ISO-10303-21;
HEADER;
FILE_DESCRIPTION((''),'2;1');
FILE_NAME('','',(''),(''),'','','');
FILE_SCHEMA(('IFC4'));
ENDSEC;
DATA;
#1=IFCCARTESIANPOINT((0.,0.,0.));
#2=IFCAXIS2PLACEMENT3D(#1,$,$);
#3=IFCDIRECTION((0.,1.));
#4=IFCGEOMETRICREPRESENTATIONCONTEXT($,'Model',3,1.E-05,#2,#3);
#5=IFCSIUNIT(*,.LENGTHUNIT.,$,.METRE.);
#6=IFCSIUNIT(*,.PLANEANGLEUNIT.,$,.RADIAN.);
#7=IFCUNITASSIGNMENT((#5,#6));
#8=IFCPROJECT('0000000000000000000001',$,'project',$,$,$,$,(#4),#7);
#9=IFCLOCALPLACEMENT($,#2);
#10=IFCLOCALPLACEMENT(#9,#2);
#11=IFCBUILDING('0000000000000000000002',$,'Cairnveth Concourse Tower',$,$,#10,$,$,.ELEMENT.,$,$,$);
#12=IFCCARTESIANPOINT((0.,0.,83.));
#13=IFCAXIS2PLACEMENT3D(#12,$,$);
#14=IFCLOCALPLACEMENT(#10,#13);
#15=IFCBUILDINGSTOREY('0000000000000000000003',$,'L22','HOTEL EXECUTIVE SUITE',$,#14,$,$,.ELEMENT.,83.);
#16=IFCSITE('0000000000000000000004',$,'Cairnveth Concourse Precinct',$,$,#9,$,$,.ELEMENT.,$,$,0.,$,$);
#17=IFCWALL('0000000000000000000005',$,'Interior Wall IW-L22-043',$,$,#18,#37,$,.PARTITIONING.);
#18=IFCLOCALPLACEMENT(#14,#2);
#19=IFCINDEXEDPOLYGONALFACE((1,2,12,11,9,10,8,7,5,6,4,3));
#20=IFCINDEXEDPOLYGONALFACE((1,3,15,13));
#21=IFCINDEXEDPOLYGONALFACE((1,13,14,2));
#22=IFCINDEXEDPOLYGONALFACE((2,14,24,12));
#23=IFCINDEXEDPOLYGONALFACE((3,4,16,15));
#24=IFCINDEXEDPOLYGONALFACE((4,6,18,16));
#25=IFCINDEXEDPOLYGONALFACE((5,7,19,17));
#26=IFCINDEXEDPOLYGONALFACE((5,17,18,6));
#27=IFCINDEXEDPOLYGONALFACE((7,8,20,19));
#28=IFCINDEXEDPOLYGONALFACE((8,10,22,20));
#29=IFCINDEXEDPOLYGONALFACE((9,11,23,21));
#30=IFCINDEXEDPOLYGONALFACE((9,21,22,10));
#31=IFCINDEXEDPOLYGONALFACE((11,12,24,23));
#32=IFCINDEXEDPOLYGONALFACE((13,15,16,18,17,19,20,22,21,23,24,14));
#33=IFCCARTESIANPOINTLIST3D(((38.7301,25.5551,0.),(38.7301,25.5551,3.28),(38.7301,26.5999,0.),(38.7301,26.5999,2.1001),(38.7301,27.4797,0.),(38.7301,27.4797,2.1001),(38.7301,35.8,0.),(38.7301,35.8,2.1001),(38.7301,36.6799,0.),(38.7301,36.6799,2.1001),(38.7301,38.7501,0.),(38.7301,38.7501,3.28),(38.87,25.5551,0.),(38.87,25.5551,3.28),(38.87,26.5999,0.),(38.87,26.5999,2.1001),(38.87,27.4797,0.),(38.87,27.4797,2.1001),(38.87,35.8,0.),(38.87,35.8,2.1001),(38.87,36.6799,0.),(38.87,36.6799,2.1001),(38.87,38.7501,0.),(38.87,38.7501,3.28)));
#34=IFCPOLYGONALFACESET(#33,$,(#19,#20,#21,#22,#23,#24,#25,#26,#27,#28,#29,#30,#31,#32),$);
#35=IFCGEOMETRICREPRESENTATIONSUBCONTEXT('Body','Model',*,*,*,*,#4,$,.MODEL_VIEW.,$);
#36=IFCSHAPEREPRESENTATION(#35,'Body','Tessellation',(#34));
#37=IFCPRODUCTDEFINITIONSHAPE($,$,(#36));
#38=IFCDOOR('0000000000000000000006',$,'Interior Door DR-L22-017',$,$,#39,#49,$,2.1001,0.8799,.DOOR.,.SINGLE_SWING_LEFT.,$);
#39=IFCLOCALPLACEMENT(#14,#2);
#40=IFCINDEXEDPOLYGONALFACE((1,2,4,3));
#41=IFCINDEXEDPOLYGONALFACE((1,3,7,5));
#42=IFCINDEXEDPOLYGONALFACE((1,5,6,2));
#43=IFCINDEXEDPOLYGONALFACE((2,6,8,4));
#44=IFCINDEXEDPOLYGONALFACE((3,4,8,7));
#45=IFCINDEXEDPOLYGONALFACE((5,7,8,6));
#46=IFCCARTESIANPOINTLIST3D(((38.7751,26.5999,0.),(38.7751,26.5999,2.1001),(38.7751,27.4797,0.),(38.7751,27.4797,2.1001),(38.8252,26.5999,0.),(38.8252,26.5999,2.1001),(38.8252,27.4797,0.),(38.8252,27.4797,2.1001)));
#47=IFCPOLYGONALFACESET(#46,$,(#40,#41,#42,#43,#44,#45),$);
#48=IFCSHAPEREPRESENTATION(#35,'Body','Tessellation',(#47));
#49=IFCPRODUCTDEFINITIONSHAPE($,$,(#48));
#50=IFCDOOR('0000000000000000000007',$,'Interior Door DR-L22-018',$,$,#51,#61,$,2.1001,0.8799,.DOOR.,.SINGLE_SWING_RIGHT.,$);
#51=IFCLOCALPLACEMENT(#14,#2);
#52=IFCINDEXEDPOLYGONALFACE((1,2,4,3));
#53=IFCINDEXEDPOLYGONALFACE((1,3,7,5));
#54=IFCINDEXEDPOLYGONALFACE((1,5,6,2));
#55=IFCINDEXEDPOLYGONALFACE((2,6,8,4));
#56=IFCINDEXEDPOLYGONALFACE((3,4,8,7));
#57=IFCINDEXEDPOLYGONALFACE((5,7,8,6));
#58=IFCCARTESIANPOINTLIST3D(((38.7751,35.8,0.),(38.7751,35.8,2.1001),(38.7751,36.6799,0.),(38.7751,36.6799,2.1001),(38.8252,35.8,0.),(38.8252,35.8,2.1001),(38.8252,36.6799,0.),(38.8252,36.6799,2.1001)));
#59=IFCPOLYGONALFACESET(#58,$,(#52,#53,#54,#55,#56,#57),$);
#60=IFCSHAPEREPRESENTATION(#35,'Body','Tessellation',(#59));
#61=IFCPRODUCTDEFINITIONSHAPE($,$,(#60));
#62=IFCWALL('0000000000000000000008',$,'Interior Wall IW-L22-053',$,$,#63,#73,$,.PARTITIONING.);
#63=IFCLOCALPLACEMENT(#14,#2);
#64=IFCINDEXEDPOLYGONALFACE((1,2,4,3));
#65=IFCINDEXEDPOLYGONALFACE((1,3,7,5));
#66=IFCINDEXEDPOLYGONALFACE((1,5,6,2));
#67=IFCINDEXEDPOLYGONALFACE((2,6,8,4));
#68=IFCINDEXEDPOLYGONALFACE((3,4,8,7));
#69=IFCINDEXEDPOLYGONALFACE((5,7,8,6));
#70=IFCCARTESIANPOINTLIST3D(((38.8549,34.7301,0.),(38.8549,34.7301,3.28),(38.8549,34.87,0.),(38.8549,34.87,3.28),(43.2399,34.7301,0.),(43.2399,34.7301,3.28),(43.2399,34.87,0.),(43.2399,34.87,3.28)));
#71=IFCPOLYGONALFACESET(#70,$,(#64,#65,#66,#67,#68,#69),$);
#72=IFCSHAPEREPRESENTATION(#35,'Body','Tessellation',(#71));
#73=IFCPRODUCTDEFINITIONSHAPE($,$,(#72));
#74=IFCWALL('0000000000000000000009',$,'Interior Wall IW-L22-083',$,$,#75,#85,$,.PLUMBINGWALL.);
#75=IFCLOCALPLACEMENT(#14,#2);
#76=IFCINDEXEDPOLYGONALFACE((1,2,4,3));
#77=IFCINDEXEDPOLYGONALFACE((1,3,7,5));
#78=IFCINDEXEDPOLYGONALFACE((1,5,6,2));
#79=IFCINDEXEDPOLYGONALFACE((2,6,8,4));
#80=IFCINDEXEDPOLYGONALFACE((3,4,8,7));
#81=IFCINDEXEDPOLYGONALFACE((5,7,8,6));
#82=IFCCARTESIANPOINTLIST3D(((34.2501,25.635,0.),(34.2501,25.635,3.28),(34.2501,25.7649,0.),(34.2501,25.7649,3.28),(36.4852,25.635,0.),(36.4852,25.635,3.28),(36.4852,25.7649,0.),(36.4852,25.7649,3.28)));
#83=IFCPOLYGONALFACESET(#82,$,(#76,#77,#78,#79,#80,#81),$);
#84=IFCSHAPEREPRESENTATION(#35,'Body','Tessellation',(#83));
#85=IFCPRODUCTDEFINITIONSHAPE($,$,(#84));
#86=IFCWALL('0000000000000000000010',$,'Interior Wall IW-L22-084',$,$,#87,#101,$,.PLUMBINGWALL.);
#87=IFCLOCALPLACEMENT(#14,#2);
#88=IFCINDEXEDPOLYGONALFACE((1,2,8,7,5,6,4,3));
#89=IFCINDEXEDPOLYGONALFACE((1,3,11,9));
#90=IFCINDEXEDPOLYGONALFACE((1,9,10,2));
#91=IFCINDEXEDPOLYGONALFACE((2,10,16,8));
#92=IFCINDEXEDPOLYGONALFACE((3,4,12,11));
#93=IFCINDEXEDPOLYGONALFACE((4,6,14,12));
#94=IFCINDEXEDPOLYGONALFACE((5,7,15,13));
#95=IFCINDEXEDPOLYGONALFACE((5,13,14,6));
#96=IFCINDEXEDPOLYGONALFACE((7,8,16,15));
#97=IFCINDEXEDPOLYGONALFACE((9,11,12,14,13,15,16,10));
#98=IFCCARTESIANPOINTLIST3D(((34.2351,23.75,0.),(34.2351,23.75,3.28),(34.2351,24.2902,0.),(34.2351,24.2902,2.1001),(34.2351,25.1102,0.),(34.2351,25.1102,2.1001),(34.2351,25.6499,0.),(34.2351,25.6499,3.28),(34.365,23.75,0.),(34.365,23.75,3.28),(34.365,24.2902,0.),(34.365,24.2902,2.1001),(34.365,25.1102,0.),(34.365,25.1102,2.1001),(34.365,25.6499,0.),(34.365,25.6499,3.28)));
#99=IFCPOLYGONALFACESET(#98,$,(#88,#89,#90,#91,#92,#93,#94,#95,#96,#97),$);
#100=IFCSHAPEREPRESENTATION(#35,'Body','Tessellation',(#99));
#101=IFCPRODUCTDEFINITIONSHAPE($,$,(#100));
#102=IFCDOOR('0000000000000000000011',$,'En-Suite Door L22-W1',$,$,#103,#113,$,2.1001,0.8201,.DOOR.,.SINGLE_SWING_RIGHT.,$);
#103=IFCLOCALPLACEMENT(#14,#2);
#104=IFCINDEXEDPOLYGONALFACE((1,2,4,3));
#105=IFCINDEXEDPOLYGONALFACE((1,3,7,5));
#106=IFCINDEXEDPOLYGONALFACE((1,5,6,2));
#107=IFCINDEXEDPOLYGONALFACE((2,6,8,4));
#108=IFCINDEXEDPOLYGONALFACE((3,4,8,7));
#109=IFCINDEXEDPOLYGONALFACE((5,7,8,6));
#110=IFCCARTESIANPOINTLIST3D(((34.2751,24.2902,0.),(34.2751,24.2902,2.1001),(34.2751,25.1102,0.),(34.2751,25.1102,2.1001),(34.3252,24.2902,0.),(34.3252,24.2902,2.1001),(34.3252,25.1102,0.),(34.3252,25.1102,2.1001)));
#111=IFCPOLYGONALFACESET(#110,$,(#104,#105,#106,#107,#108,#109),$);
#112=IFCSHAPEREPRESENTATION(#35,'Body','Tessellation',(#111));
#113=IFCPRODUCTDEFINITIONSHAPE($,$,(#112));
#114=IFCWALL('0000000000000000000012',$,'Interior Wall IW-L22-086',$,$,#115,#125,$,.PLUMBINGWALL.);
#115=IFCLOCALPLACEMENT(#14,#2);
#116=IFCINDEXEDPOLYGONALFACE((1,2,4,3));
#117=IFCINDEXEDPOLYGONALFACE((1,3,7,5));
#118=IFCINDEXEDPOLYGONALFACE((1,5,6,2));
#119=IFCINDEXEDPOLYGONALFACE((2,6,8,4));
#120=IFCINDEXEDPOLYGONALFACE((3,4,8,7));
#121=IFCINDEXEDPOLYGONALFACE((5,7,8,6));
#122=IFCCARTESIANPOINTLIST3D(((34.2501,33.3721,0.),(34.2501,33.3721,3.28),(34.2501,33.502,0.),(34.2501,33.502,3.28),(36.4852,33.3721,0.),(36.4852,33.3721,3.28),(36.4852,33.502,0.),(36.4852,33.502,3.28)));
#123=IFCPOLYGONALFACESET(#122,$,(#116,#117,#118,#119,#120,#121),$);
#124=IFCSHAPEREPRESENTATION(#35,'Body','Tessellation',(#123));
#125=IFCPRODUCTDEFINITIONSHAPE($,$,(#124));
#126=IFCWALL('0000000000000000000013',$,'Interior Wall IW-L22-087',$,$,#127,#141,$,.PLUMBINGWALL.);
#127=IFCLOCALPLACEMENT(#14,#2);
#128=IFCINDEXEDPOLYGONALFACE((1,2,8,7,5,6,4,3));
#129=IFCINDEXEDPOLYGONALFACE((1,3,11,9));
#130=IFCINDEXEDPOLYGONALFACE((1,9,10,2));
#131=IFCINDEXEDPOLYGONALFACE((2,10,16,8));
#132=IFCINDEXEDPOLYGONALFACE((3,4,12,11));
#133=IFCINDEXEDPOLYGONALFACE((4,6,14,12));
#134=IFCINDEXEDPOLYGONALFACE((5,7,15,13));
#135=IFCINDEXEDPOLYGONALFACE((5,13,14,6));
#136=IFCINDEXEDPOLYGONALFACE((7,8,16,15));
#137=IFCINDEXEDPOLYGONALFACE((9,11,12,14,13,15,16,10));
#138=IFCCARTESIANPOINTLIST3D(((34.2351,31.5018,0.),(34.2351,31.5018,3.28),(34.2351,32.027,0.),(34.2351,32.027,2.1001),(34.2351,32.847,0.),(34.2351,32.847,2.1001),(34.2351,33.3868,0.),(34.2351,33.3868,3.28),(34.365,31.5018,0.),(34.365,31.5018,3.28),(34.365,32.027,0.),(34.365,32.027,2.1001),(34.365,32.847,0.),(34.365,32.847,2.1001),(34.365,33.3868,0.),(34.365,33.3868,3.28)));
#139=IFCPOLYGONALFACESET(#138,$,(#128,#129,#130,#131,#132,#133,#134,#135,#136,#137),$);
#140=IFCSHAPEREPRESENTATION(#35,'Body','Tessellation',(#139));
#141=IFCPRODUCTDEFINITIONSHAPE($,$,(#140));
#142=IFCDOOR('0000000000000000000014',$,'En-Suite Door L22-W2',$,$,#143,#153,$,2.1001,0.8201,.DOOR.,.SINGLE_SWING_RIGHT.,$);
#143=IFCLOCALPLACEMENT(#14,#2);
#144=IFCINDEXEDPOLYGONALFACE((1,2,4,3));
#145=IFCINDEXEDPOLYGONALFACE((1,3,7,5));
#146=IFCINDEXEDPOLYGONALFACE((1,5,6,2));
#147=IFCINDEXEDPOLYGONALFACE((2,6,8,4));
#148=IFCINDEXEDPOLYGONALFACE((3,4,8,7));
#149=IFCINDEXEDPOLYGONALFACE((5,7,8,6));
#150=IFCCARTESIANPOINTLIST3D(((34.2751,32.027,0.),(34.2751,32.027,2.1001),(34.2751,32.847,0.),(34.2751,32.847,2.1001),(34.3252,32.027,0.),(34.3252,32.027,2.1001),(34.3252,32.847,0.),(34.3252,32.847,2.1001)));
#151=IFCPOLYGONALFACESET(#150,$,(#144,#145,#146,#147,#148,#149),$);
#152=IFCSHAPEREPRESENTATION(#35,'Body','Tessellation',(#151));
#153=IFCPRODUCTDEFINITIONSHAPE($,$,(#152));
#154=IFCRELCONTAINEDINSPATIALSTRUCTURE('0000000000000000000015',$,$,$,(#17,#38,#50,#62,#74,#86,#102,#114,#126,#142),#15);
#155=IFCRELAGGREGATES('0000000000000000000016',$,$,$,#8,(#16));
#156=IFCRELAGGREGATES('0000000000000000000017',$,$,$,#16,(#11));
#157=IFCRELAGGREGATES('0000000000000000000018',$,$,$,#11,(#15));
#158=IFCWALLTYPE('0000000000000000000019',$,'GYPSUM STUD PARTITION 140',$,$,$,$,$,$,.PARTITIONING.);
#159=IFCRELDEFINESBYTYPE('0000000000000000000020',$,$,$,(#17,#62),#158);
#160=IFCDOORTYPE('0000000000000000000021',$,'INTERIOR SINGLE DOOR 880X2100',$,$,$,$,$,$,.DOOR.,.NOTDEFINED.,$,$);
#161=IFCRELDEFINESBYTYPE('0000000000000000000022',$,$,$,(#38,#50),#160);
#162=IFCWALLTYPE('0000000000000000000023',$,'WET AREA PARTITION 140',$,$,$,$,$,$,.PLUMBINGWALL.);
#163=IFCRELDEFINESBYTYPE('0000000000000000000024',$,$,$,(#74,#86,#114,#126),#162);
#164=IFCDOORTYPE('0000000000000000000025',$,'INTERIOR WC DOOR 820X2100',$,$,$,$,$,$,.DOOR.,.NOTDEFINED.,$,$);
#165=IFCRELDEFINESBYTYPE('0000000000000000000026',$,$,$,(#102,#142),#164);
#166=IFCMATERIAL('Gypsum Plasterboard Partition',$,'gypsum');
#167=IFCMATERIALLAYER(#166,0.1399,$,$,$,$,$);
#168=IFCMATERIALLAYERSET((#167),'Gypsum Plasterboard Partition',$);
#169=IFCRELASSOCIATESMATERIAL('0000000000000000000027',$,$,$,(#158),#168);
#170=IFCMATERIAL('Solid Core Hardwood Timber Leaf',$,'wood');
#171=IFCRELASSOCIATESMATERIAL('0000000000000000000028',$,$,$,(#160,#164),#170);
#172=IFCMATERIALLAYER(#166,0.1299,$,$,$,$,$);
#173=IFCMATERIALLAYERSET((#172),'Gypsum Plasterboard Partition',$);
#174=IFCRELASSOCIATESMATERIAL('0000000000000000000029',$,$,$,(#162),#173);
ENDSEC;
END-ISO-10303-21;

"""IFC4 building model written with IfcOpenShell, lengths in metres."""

from ifc_helpers import new_model, si_unit, direction, frame, frame_2d, origin, place, context, subcontext, project, spatial, rectangle, extrude, material, layer, layer_set, type_object, element, fill, save


model = new_model("IFC4")

# Units and contexts
model_context = context("Model", 3, precision=1e-05, world=origin(), true_north=direction((0.0, 1.0)))
body_context = subcontext(model_context, "Body", "Model", "MODEL_VIEW")
ifc_project = project(units=[si_unit("LENGTHUNIT", "METRE"), si_unit("PLANEANGLEUNIT", "RADIAN")], contexts=[model_context])

# Site, building, storey
site_placement = place(None, origin())
site = spatial("IfcSite", under=ifc_project, at=site_placement, Name="Cairnveth Concourse Precinct", CompositionType="ELEMENT", RefElevation=0.0)
building_placement = place(site_placement, origin())
building = spatial("IfcBuilding", under=site, at=building_placement, Name="Cairnveth Concourse Tower", CompositionType="ELEMENT")
storey_placement = place(building_placement, frame((0.0, 0.0, 83.0)))
storey = spatial("IfcBuildingStorey", under=building, at=storey_placement, Name="L22", Description="HOTEL EXECUTIVE SUITE", CompositionType="ELEMENT", Elevation=83.0)

# Wall, openings, doors
ifc_material_1 = material(Name="Gypsum Plasterboard Partition", Category="gypsum")
ifc_layer_1 = layer(ifc_material_1, 0.1399)
ifc_layer_set_1 = layer_set([ifc_layer_1], Name="Gypsum Plasterboard Partition")
wall_type_1 = type_object("IfcWallType", Name="GYPSUM STUD PARTITION 140", PredefinedType="PARTITIONING", material=ifc_layer_set_1)
ifc_material_2 = material(Name="Solid Core Hardwood Timber Leaf", Category="wood")
wall_1_placement = place(storey_placement, frame((38.8, 25.5549, 0.0), z_axis=(0.0, 0.0, 1.0), x_axis=(0.0, 1.0, 0.0)))
wall_1 = element("IfcWall", 1, at=wall_1_placement, inside=storey, type_object=wall_type_1, Name="Interior Wall IW-L22-043", PredefinedType="PARTITIONING", context=body_context, shape_type="SweptSolid", body=[
    extrude(rectangle(XDim=13.1951, YDim=0.1399, at=frame_2d((6.5977, 0.0))), origin(), (0.0, 0.0, 1.0), 3.28),
])
opening_1_placement = place(wall_1_placement, frame((1.0449, 0.0, 0.0)))
opening_1 = element("IfcOpeningElement", 2, at=opening_1_placement, cuts=wall_1, PredefinedType="OPENING", context=body_context, shape_type="SweptSolid", body=[
    extrude(rectangle(XDim=0.8799, YDim=2.1001, at=frame_2d((0.4399, 1.05))), frame((0.0, 0.0798, 0.0), z_axis=(0.0, -1.0, 0.0), x_axis=(1.0, 0.0, 0.0)), (0.0, 0.0, 1.0), 0.1599),
])
opening_2_placement = place(wall_1_placement, frame((10.2451, 0.0, 0.0)))
opening_2 = element("IfcOpeningElement", 3, at=opening_2_placement, cuts=wall_1, PredefinedType="OPENING", context=body_context, shape_type="SweptSolid", body=[
    extrude(rectangle(XDim=0.8799, YDim=2.1001, at=frame_2d((0.4399, 1.05))), frame((0.0, 0.0798, 0.0), z_axis=(0.0, -1.0, 0.0), x_axis=(1.0, 0.0, 0.0)), (0.0, 0.0, 1.0), 0.1599),
])
door_type_1 = type_object("IfcDoorType", Name="INTERIOR SINGLE DOOR 880X2100", OperationType="NOTDEFINED", PredefinedType="DOOR", material=ifc_material_2)
door_1_placement = place(opening_1_placement, origin())
door_1 = element("IfcDoor", 4, at=door_1_placement, inside=storey, type_object=door_type_1, Name="Interior Door DR-L22-017", OperationType="SINGLE_SWING_LEFT", OverallHeight=2.1001, OverallWidth=0.8799, PredefinedType="DOOR", context=body_context, shape_type="SweptSolid", body=[
    extrude(rectangle(XDim=0.8799, YDim=2.1001, at=frame_2d((0.4399, 1.05))), frame((0.0, 0.0249, 0.0), z_axis=(0.0, -1.0, 0.0), x_axis=(1.0, 0.0, 0.0)), (0.0, 0.0, 1.0), 0.05),
])
fill(opening_1, door_1)
door_2_placement = place(opening_2_placement, origin())
door_2 = element("IfcDoor", 5, at=door_2_placement, inside=storey, type_object=door_type_1, Name="Interior Door DR-L22-018", OperationType="SINGLE_SWING_RIGHT", OverallHeight=2.1001, OverallWidth=0.8799, PredefinedType="DOOR", context=body_context, shape_type="SweptSolid", body=[
    extrude(rectangle(XDim=0.8799, YDim=2.1001, at=frame_2d((0.4399, 1.05))), frame((0.0, 0.0249, 0.0), z_axis=(0.0, -1.0, 0.0), x_axis=(1.0, 0.0, 0.0)), (0.0, 0.0, 1.0), 0.05),
])
fill(opening_2, door_2)

# Walls
wall_2_placement = place(storey_placement, frame((38.855, 34.8, 0.0), z_axis=(0.0, 0.0, 1.0), x_axis=(1.0, 0.0, 0.0)))
element("IfcWall", 6, at=wall_2_placement, inside=storey, type_object=wall_type_1, Name="Interior Wall IW-L22-053", PredefinedType="PARTITIONING", context=body_context, shape_type="SweptSolid", body=[
    extrude(rectangle(XDim=4.385, YDim=0.1399, at=frame_2d((2.1924, 0.0))), origin(), (0.0, 0.0, 1.0), 3.28),
])
ifc_layer_2 = layer(ifc_material_1, 0.1299)
ifc_layer_set_2 = layer_set([ifc_layer_2], Name="Gypsum Plasterboard Partition")
wall_type_2 = type_object("IfcWallType", Name="WET AREA PARTITION 140", PredefinedType="PLUMBINGWALL", material=ifc_layer_set_2)
wall_3_placement = place(storey_placement, frame((34.25, 25.7, 0.0), z_axis=(0.0, 0.0, 1.0), x_axis=(1.0, 0.0, 0.0)))
element("IfcWall", 7, at=wall_3_placement, inside=storey, type_object=wall_type_2, Name="Interior Wall IW-L22-083", PredefinedType="PLUMBINGWALL", context=body_context, shape_type="SweptSolid", body=[
    extrude(rectangle(XDim=2.2351, YDim=0.1299, at=frame_2d((1.1177, 0.0))), origin(), (0.0, 0.0, 1.0), 3.28),
])

# Wall, opening, door
wall_4_placement = place(storey_placement, frame((34.3, 23.75, 0.0), z_axis=(0.0, 0.0, 1.0), x_axis=(0.0, 1.0, 0.0)))
wall_4 = element("IfcWall", 8, at=wall_4_placement, inside=storey, type_object=wall_type_2, Name="Interior Wall IW-L22-084", PredefinedType="PLUMBINGWALL", context=body_context, shape_type="SweptSolid", body=[
    extrude(rectangle(XDim=1.8999, YDim=0.1299, at=frame_2d((0.95, 0.0))), origin(), (0.0, 0.0, 1.0), 3.28),
])
opening_3_placement = place(wall_4_placement, frame((0.54, 0.0, 0.0)))
opening_3 = element("IfcOpeningElement", 9, at=opening_3_placement, cuts=wall_4, PredefinedType="OPENING", context=body_context, shape_type="SweptSolid", body=[
    extrude(rectangle(XDim=0.8201, YDim=2.1001, at=frame_2d((0.4102, 1.05))), frame((0.0, 0.075, 0.0), z_axis=(0.0, -1.0, 0.0), x_axis=(1.0, 0.0, 0.0)), (0.0, 0.0, 1.0), 0.1499),
])
door_type_2 = type_object("IfcDoorType", Name="INTERIOR WC DOOR 820X2100", OperationType="NOTDEFINED", PredefinedType="DOOR", material=ifc_material_2)
door_3_placement = place(opening_3_placement, origin())
door_3 = element("IfcDoor", 10, at=door_3_placement, inside=storey, type_object=door_type_2, Name="En-Suite Door L22-W1", OperationType="SINGLE_SWING_RIGHT", OverallHeight=2.1001, OverallWidth=0.8201, PredefinedType="DOOR", context=body_context, shape_type="SweptSolid", body=[
    extrude(rectangle(XDim=0.8201, YDim=2.1001, at=frame_2d((0.4102, 1.05))), frame((0.0, 0.0249, 0.0), z_axis=(0.0, -1.0, 0.0), x_axis=(1.0, 0.0, 0.0)), (0.0, 0.0, 1.0), 0.05),
])
fill(opening_3, door_3)

# Wall
wall_5_placement = place(storey_placement, frame((34.25, 33.437, 0.0), z_axis=(0.0, 0.0, 1.0), x_axis=(1.0, 0.0, 0.0)))
element("IfcWall", 11, at=wall_5_placement, inside=storey, type_object=wall_type_2, Name="Interior Wall IW-L22-086", PredefinedType="PLUMBINGWALL", context=body_context, shape_type="SweptSolid", body=[
    extrude(rectangle(XDim=2.2351, YDim=0.1299, at=frame_2d((1.1177, 0.0))), origin(), (0.0, 0.0, 1.0), 3.28),
])

# Wall, opening, door
wall_6_placement = place(storey_placement, frame((34.3, 31.502, 0.0), z_axis=(0.0, 0.0, 1.0), x_axis=(0.0, 1.0, 0.0)))
wall_6 = element("IfcWall", 12, at=wall_6_placement, inside=storey, type_object=wall_type_2, Name="Interior Wall IW-L22-087", PredefinedType="PLUMBINGWALL", context=body_context, shape_type="SweptSolid", body=[
    extrude(rectangle(XDim=1.885, YDim=0.1299, at=frame_2d((0.9424, 0.0))), origin(), (0.0, 0.0, 1.0), 3.28),
])
opening_4_placement = place(wall_6_placement, frame((0.5249, 0.0, 0.0)))
opening_4 = element("IfcOpeningElement", 13, at=opening_4_placement, cuts=wall_6, PredefinedType="OPENING", context=body_context, shape_type="SweptSolid", body=[
    extrude(rectangle(XDim=0.8201, YDim=2.1001, at=frame_2d((0.4102, 1.05))), frame((0.0, 0.075, 0.0), z_axis=(0.0, -1.0, 0.0), x_axis=(1.0, 0.0, 0.0)), (0.0, 0.0, 1.0), 0.1499),
])
door_4_placement = place(opening_4_placement, origin())
door_4 = element("IfcDoor", 14, at=door_4_placement, inside=storey, type_object=door_type_2, Name="En-Suite Door L22-W2", OperationType="SINGLE_SWING_RIGHT", OverallHeight=2.1001, OverallWidth=0.8201, PredefinedType="DOOR", context=body_context, shape_type="SweptSolid", body=[
    extrude(rectangle(XDim=0.8201, YDim=2.1001, at=frame_2d((0.4102, 1.05))), frame((0.0, 0.0249, 0.0), z_axis=(0.0, -1.0, 0.0), x_axis=(1.0, 0.0, 0.0)), (0.0, 0.0, 1.0), 0.05),
])
fill(opening_4, door_4)

save(model, "model.ifc")
